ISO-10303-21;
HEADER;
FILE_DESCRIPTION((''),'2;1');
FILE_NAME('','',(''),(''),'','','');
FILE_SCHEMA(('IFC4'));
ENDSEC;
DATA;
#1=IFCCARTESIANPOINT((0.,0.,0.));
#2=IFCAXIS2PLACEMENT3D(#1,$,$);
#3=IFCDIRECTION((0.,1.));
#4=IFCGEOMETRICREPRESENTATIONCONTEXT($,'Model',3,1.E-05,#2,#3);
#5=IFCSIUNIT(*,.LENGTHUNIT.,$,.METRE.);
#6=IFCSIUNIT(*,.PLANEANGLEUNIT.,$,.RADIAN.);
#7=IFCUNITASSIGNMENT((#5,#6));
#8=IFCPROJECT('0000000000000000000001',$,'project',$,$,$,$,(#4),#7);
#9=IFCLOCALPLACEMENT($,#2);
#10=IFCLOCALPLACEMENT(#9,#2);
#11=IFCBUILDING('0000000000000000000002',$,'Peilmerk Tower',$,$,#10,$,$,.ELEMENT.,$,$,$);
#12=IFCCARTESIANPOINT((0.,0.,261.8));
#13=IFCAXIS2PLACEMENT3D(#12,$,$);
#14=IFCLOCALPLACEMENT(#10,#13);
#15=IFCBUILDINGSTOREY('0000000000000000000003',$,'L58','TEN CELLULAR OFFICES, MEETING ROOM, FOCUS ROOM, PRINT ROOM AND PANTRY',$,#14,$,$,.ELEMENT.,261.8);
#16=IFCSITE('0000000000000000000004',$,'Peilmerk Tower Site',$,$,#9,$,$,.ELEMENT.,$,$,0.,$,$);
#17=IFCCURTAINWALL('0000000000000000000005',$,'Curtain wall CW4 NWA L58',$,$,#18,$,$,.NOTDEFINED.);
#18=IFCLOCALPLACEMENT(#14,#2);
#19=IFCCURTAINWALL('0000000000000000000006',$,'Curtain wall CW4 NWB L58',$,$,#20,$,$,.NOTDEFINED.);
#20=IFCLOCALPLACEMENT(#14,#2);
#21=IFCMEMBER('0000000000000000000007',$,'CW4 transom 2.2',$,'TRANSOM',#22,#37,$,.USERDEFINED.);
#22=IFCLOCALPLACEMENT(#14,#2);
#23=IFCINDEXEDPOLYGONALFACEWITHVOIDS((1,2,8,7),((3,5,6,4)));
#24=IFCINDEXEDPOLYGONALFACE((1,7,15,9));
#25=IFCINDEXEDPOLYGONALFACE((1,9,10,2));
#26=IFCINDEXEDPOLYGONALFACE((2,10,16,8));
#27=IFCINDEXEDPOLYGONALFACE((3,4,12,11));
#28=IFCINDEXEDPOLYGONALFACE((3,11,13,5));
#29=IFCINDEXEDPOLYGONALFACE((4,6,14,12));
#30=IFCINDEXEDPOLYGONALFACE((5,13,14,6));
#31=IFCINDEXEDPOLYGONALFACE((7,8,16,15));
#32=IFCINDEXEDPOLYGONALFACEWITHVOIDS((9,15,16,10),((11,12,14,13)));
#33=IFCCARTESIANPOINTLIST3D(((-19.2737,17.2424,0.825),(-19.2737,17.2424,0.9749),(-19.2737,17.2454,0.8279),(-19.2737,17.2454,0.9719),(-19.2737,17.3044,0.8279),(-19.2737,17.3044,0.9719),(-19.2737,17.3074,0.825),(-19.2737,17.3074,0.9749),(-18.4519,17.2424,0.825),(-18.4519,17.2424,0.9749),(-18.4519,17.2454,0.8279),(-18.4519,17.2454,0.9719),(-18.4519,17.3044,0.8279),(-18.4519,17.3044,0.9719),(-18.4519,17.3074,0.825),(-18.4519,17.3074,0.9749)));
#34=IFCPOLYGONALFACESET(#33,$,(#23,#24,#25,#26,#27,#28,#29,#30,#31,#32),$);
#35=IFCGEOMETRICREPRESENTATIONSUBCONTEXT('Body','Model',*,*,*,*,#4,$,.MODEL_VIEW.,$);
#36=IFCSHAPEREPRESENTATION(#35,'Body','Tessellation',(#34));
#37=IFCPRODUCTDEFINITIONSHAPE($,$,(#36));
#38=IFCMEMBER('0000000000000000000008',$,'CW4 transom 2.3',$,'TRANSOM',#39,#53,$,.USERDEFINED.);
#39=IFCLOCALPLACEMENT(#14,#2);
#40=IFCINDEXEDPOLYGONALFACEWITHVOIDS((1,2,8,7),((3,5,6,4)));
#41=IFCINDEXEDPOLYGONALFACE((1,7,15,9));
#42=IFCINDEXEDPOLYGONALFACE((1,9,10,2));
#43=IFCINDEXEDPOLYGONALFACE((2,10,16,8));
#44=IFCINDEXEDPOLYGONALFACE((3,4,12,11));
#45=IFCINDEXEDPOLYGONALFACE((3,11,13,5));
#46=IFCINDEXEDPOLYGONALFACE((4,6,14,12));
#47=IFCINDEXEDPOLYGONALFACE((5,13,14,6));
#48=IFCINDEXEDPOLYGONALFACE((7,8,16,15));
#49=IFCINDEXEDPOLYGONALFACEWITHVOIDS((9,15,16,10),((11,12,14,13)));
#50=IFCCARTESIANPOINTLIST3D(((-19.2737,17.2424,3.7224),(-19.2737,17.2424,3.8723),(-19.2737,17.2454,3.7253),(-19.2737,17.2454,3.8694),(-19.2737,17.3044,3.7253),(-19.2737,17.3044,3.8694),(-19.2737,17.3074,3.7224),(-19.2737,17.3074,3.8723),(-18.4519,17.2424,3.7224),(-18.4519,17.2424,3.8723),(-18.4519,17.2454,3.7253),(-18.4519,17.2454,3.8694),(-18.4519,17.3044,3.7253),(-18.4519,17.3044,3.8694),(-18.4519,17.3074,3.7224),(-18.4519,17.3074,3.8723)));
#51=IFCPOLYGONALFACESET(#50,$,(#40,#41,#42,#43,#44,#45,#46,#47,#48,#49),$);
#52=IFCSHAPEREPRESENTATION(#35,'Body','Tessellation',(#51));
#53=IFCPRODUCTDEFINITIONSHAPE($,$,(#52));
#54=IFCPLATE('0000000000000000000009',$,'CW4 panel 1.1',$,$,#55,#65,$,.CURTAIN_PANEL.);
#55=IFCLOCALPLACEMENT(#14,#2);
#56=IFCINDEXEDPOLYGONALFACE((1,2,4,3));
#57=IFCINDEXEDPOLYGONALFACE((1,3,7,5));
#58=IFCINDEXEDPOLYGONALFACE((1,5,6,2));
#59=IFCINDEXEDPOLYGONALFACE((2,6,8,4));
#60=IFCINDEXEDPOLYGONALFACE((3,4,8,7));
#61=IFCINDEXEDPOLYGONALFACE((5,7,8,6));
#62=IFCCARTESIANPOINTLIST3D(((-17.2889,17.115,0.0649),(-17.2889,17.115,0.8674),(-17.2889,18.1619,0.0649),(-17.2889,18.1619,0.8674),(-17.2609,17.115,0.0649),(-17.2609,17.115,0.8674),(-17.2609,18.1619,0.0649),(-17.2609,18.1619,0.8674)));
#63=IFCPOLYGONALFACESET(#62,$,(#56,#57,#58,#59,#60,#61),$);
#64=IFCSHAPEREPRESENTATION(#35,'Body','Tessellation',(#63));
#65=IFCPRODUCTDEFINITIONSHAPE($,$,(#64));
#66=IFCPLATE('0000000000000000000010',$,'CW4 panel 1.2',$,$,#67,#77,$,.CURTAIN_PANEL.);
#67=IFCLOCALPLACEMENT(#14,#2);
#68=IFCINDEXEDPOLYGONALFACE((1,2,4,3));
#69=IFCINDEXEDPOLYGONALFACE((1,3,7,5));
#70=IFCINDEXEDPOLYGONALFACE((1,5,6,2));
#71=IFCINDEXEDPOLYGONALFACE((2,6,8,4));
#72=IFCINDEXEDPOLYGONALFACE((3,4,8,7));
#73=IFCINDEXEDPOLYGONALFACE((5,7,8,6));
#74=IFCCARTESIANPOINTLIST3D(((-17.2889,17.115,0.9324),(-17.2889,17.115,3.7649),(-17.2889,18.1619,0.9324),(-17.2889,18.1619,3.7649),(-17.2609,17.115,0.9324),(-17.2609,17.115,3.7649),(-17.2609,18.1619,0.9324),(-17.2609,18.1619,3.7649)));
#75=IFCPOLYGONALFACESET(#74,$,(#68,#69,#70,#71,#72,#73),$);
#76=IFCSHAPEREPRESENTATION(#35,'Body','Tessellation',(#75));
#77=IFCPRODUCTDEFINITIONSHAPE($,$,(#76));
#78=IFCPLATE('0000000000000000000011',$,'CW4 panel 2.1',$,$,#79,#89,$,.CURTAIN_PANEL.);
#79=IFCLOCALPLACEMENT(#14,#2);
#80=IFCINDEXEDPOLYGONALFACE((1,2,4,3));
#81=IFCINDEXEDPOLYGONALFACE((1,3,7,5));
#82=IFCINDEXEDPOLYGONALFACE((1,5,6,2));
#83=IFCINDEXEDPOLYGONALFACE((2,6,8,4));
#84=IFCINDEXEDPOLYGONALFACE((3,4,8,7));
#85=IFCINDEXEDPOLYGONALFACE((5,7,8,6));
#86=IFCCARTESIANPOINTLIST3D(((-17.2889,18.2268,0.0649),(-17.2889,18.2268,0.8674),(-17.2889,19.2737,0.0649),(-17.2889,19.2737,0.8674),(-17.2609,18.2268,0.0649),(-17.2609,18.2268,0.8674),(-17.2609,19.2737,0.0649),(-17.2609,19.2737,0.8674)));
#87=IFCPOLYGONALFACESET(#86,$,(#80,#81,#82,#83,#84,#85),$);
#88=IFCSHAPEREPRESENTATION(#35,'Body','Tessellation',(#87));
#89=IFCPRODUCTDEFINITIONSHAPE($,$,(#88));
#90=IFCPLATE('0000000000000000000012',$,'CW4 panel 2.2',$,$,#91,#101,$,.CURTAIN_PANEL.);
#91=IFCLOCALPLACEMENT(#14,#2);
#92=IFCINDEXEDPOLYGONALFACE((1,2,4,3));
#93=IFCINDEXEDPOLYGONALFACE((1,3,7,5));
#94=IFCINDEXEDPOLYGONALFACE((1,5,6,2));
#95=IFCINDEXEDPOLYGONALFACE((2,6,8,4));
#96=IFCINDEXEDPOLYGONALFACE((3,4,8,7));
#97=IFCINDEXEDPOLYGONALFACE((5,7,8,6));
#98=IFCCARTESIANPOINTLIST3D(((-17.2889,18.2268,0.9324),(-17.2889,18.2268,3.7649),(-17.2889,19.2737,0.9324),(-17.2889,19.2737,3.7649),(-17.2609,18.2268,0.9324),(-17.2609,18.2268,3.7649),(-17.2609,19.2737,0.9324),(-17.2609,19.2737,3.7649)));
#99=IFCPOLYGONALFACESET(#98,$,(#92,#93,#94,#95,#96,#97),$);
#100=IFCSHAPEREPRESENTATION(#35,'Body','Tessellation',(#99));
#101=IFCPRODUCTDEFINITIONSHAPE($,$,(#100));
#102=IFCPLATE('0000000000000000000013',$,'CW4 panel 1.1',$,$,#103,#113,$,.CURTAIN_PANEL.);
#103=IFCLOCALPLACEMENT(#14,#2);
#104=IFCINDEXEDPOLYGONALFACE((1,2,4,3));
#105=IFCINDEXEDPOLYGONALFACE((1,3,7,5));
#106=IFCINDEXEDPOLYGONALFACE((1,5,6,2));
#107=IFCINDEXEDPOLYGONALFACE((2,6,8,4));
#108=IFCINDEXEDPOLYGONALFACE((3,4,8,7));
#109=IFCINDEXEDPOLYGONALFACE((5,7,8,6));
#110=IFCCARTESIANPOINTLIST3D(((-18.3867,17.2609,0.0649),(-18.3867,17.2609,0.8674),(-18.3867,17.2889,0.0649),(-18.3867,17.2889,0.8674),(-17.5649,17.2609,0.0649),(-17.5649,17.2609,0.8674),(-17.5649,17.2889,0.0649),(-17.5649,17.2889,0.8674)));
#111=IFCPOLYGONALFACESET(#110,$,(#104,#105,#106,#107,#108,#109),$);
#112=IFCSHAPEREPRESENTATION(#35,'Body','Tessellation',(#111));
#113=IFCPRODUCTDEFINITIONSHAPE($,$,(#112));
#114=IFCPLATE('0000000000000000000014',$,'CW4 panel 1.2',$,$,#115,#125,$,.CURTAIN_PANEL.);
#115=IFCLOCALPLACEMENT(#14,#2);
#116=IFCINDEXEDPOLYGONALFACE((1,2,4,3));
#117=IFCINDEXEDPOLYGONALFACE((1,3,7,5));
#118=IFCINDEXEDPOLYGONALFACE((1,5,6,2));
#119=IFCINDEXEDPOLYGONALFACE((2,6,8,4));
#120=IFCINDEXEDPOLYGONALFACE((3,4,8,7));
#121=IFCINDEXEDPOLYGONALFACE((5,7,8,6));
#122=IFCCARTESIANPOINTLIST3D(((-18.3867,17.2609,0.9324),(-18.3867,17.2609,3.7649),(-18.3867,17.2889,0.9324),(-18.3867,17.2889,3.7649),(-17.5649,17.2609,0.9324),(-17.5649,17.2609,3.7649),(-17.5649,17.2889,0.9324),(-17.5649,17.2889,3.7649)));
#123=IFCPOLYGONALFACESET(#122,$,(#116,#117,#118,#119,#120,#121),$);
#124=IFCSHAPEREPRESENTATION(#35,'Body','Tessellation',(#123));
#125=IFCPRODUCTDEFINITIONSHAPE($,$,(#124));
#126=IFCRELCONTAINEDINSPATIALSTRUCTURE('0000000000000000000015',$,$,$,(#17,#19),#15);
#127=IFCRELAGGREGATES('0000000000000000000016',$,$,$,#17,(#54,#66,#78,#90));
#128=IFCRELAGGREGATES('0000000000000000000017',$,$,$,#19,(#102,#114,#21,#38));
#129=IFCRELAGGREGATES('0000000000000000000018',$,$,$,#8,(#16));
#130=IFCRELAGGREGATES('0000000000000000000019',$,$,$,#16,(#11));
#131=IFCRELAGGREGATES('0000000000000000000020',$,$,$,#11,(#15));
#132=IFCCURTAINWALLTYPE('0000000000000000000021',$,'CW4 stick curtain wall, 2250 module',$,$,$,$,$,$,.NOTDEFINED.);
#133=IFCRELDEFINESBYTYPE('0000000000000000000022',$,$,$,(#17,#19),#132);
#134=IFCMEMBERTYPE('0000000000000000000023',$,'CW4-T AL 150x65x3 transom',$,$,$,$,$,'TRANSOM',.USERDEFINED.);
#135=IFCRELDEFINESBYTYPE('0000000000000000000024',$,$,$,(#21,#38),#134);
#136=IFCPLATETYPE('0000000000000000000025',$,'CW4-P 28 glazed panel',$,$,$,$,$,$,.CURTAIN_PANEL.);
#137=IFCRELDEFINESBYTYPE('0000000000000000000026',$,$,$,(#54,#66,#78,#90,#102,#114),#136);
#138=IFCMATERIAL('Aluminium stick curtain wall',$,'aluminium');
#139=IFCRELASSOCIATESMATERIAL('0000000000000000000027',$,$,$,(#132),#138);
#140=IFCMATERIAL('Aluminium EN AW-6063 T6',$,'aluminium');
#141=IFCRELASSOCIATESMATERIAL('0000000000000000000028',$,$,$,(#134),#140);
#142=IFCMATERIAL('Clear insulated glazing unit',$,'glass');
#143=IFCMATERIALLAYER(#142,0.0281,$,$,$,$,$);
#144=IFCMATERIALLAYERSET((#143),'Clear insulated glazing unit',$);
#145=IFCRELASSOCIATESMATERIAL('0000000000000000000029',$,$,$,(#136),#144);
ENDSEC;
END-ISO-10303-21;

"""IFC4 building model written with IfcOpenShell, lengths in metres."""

from ifc_helpers import new_model, si_unit, direction, frame, origin, origin_2d, place, context, subcontext, project, spatial, rectangle, hollow_rectangle, extrude, material, layer, layer_set, material_profile, profile_set, type_object, element, aggregate, save


model = new_model("IFC4")

# Units and contexts
model_context = context("Model", 3, precision=1e-05, world=origin(), true_north=direction((0.0, 1.0)))
body_context = subcontext(model_context, "Body", "Model", "MODEL_VIEW")
ifc_project = project(units=[si_unit("LENGTHUNIT", "METRE"), si_unit("PLANEANGLEUNIT", "RADIAN")], contexts=[model_context])

# Site, building, storey
site_placement = place(None, origin())
site = spatial("IfcSite", under=ifc_project, at=site_placement, Name="Peilmerk Tower Site", CompositionType="ELEMENT", RefElevation=0.0)
building_placement = place(site_placement, origin())
building = spatial("IfcBuilding", under=site, at=building_placement, Name="Peilmerk Tower", CompositionType="ELEMENT")
storey_placement = place(building_placement, frame((0.0, 0.0, 261.8)))
storey = spatial("IfcBuildingStorey", under=building, at=storey_placement, Name="L58", Description="TEN CELLULAR OFFICES, MEETING ROOM, FOCUS ROOM, PRINT ROOM AND PANTRY", CompositionType="ELEMENT", Elevation=261.8)

# Curtain walls
ifc_material_1 = material(Name="Aluminium stick curtain wall", Category="aluminium")
curtain_wall_type = type_object("IfcCurtainWallType", Name="CW4 stick curtain wall, 2250 module", PredefinedType="NOTDEFINED", material=ifc_material_1)
curtain_wall_1_placement = place(storey_placement, origin())
curtain_wall_1 = element("IfcCurtainWall", 1, at=curtain_wall_1_placement, inside=storey, type_object=curtain_wall_type, Name="Curtain wall CW4 NWA L58", PredefinedType="NOTDEFINED")
ifc_material_2 = material(Name="Aluminium EN AW-6063 T6", Category="aluminium")
curtain_wall_2_placement = place(storey_placement, origin())
curtain_wall_2 = element("IfcCurtainWall", 2, at=curtain_wall_2_placement, inside=storey, type_object=curtain_wall_type, Name="Curtain wall CW4 NWB L58", PredefinedType="NOTDEFINED")

# Members
ifc_material_profile_1 = material_profile(ifc_material_2, hollow_rectangle(XDim=0.0649, YDim=0.1499, WallThickness=0.0029, at=origin_2d()), Name="AL 150x65x3")
ifc_profile_set_1 = profile_set([ifc_material_profile_1], Name="Aluminium EN AW-6063 T6")
member_type_1 = type_object("IfcMemberType", Name="CW4-T AL 150x65x3 transom", ElementType="TRANSOM", PredefinedType="USERDEFINED", material=ifc_profile_set_1)
member_1_placement = place(storey_placement, frame((-18.4519, 17.2749, 0.8999), z_axis=(-1.0, 0.0, 0.0), x_axis=(0.0, -1.0, 0.0)))
member_1 = element("IfcMember", 3, at=member_1_placement, type_object=member_type_1, Name="CW4 transom 2.2", ObjectType="TRANSOM", PredefinedType="USERDEFINED", context=body_context, shape_type="SweptSolid", body=[
    extrude(hollow_rectangle(XDim=0.0649, YDim=0.1499, WallThickness=0.0029, at=origin_2d()), origin(), (0.0, 0.0, 1.0), 0.8218),
])
member_2_placement = place(storey_placement, frame((-18.4519, 17.2749, 3.7974), z_axis=(-1.0, 0.0, 0.0), x_axis=(0.0, -1.0, 0.0)))
member_2 = element("IfcMember", 4, at=member_2_placement, type_object=member_type_1, Name="CW4 transom 2.3", ObjectType="TRANSOM", PredefinedType="USERDEFINED", context=body_context, shape_type="SweptSolid", body=[
    extrude(hollow_rectangle(XDim=0.0649, YDim=0.1499, WallThickness=0.0029, at=origin_2d()), origin(), (0.0, 0.0, 1.0), 0.8218),
])

# Plates
ifc_material_3 = material(Name="Clear insulated glazing unit", Category="glass")
ifc_layer_1 = layer(ifc_material_3, 0.0281)
ifc_layer_set_1 = layer_set([ifc_layer_1], Name="Clear insulated glazing unit")
plate_type = type_object("IfcPlateType", Name="CW4-P 28 glazed panel", PredefinedType="CURTAIN_PANEL", material=ifc_layer_set_1)
plate_1_placement = place(storey_placement, frame((-17.2749, 17.6384, 0.0649), z_axis=(0.0, 0.0, 1.0), x_axis=(0.0, 1.0, 0.0)))
plate_1 = element("IfcPlate", 5, at=plate_1_placement, type_object=plate_type, Name="CW4 panel 1.1", PredefinedType="CURTAIN_PANEL", context=body_context, shape_type="SweptSolid", body=[
    extrude(rectangle(XDim=1.0469, YDim=0.0281, at=origin_2d()), origin(), (0.0, 0.0, 1.0), 0.8025),
])
plate_2_placement = place(storey_placement, frame((-17.2749, 17.6384, 0.9324), z_axis=(0.0, 0.0, 1.0), x_axis=(0.0, 1.0, 0.0)))
plate_2 = element("IfcPlate", 6, at=plate_2_placement, type_object=plate_type, Name="CW4 panel 1.2", PredefinedType="CURTAIN_PANEL", context=body_context, shape_type="SweptSolid", body=[
    extrude(rectangle(XDim=1.0469, YDim=0.0281, at=origin_2d()), origin(), (0.0, 0.0, 1.0), 2.8325),
])
plate_3_placement = place(storey_placement, frame((-17.2749, 18.7502, 0.0649), z_axis=(0.0, 0.0, 1.0), x_axis=(0.0, 1.0, 0.0)))
plate_3 = element("IfcPlate", 7, at=plate_3_placement, type_object=plate_type, Name="CW4 panel 2.1", PredefinedType="CURTAIN_PANEL", context=body_context, shape_type="SweptSolid", body=[
    extrude(rectangle(XDim=1.0469, YDim=0.0281, at=origin_2d()), origin(), (0.0, 0.0, 1.0), 0.8025),
])
plate_4_placement = place(storey_placement, frame((-17.2749, 18.7502, 0.9324), z_axis=(0.0, 0.0, 1.0), x_axis=(0.0, 1.0, 0.0)))
plate_4 = element("IfcPlate", 8, at=plate_4_placement, type_object=plate_type, Name="CW4 panel 2.2", PredefinedType="CURTAIN_PANEL", context=body_context, shape_type="SweptSolid", body=[
    extrude(rectangle(XDim=1.0469, YDim=0.0281, at=origin_2d()), origin(), (0.0, 0.0, 1.0), 2.8325),
])
aggregate(curtain_wall_1, [plate_1, plate_2, plate_3, plate_4])
plate_5_placement = place(storey_placement, frame((-17.9758, 17.2749, 0.0649), z_axis=(0.0, 0.0, 1.0), x_axis=(-1.0, 0.0, 0.0)))
plate_5 = element("IfcPlate", 9, at=plate_5_placement, type_object=plate_type, Name="CW4 panel 1.1", PredefinedType="CURTAIN_PANEL", context=body_context, shape_type="SweptSolid", body=[
    extrude(rectangle(XDim=0.8218, YDim=0.0281, at=origin_2d()), origin(), (0.0, 0.0, 1.0), 0.8025),
])
plate_6_placement = place(storey_placement, frame((-17.9758, 17.2749, 0.9324), z_axis=(0.0, 0.0, 1.0), x_axis=(-1.0, 0.0, 0.0)))
plate_6 = element("IfcPlate", 10, at=plate_6_placement, type_object=plate_type, Name="CW4 panel 1.2", PredefinedType="CURTAIN_PANEL", context=body_context, shape_type="SweptSolid", body=[
    extrude(rectangle(XDim=0.8218, YDim=0.0281, at=origin_2d()), origin(), (0.0, 0.0, 1.0), 2.8325),
])
aggregate(curtain_wall_2, [plate_5, plate_6, member_1, member_2])

save(model, "model.ifc")
